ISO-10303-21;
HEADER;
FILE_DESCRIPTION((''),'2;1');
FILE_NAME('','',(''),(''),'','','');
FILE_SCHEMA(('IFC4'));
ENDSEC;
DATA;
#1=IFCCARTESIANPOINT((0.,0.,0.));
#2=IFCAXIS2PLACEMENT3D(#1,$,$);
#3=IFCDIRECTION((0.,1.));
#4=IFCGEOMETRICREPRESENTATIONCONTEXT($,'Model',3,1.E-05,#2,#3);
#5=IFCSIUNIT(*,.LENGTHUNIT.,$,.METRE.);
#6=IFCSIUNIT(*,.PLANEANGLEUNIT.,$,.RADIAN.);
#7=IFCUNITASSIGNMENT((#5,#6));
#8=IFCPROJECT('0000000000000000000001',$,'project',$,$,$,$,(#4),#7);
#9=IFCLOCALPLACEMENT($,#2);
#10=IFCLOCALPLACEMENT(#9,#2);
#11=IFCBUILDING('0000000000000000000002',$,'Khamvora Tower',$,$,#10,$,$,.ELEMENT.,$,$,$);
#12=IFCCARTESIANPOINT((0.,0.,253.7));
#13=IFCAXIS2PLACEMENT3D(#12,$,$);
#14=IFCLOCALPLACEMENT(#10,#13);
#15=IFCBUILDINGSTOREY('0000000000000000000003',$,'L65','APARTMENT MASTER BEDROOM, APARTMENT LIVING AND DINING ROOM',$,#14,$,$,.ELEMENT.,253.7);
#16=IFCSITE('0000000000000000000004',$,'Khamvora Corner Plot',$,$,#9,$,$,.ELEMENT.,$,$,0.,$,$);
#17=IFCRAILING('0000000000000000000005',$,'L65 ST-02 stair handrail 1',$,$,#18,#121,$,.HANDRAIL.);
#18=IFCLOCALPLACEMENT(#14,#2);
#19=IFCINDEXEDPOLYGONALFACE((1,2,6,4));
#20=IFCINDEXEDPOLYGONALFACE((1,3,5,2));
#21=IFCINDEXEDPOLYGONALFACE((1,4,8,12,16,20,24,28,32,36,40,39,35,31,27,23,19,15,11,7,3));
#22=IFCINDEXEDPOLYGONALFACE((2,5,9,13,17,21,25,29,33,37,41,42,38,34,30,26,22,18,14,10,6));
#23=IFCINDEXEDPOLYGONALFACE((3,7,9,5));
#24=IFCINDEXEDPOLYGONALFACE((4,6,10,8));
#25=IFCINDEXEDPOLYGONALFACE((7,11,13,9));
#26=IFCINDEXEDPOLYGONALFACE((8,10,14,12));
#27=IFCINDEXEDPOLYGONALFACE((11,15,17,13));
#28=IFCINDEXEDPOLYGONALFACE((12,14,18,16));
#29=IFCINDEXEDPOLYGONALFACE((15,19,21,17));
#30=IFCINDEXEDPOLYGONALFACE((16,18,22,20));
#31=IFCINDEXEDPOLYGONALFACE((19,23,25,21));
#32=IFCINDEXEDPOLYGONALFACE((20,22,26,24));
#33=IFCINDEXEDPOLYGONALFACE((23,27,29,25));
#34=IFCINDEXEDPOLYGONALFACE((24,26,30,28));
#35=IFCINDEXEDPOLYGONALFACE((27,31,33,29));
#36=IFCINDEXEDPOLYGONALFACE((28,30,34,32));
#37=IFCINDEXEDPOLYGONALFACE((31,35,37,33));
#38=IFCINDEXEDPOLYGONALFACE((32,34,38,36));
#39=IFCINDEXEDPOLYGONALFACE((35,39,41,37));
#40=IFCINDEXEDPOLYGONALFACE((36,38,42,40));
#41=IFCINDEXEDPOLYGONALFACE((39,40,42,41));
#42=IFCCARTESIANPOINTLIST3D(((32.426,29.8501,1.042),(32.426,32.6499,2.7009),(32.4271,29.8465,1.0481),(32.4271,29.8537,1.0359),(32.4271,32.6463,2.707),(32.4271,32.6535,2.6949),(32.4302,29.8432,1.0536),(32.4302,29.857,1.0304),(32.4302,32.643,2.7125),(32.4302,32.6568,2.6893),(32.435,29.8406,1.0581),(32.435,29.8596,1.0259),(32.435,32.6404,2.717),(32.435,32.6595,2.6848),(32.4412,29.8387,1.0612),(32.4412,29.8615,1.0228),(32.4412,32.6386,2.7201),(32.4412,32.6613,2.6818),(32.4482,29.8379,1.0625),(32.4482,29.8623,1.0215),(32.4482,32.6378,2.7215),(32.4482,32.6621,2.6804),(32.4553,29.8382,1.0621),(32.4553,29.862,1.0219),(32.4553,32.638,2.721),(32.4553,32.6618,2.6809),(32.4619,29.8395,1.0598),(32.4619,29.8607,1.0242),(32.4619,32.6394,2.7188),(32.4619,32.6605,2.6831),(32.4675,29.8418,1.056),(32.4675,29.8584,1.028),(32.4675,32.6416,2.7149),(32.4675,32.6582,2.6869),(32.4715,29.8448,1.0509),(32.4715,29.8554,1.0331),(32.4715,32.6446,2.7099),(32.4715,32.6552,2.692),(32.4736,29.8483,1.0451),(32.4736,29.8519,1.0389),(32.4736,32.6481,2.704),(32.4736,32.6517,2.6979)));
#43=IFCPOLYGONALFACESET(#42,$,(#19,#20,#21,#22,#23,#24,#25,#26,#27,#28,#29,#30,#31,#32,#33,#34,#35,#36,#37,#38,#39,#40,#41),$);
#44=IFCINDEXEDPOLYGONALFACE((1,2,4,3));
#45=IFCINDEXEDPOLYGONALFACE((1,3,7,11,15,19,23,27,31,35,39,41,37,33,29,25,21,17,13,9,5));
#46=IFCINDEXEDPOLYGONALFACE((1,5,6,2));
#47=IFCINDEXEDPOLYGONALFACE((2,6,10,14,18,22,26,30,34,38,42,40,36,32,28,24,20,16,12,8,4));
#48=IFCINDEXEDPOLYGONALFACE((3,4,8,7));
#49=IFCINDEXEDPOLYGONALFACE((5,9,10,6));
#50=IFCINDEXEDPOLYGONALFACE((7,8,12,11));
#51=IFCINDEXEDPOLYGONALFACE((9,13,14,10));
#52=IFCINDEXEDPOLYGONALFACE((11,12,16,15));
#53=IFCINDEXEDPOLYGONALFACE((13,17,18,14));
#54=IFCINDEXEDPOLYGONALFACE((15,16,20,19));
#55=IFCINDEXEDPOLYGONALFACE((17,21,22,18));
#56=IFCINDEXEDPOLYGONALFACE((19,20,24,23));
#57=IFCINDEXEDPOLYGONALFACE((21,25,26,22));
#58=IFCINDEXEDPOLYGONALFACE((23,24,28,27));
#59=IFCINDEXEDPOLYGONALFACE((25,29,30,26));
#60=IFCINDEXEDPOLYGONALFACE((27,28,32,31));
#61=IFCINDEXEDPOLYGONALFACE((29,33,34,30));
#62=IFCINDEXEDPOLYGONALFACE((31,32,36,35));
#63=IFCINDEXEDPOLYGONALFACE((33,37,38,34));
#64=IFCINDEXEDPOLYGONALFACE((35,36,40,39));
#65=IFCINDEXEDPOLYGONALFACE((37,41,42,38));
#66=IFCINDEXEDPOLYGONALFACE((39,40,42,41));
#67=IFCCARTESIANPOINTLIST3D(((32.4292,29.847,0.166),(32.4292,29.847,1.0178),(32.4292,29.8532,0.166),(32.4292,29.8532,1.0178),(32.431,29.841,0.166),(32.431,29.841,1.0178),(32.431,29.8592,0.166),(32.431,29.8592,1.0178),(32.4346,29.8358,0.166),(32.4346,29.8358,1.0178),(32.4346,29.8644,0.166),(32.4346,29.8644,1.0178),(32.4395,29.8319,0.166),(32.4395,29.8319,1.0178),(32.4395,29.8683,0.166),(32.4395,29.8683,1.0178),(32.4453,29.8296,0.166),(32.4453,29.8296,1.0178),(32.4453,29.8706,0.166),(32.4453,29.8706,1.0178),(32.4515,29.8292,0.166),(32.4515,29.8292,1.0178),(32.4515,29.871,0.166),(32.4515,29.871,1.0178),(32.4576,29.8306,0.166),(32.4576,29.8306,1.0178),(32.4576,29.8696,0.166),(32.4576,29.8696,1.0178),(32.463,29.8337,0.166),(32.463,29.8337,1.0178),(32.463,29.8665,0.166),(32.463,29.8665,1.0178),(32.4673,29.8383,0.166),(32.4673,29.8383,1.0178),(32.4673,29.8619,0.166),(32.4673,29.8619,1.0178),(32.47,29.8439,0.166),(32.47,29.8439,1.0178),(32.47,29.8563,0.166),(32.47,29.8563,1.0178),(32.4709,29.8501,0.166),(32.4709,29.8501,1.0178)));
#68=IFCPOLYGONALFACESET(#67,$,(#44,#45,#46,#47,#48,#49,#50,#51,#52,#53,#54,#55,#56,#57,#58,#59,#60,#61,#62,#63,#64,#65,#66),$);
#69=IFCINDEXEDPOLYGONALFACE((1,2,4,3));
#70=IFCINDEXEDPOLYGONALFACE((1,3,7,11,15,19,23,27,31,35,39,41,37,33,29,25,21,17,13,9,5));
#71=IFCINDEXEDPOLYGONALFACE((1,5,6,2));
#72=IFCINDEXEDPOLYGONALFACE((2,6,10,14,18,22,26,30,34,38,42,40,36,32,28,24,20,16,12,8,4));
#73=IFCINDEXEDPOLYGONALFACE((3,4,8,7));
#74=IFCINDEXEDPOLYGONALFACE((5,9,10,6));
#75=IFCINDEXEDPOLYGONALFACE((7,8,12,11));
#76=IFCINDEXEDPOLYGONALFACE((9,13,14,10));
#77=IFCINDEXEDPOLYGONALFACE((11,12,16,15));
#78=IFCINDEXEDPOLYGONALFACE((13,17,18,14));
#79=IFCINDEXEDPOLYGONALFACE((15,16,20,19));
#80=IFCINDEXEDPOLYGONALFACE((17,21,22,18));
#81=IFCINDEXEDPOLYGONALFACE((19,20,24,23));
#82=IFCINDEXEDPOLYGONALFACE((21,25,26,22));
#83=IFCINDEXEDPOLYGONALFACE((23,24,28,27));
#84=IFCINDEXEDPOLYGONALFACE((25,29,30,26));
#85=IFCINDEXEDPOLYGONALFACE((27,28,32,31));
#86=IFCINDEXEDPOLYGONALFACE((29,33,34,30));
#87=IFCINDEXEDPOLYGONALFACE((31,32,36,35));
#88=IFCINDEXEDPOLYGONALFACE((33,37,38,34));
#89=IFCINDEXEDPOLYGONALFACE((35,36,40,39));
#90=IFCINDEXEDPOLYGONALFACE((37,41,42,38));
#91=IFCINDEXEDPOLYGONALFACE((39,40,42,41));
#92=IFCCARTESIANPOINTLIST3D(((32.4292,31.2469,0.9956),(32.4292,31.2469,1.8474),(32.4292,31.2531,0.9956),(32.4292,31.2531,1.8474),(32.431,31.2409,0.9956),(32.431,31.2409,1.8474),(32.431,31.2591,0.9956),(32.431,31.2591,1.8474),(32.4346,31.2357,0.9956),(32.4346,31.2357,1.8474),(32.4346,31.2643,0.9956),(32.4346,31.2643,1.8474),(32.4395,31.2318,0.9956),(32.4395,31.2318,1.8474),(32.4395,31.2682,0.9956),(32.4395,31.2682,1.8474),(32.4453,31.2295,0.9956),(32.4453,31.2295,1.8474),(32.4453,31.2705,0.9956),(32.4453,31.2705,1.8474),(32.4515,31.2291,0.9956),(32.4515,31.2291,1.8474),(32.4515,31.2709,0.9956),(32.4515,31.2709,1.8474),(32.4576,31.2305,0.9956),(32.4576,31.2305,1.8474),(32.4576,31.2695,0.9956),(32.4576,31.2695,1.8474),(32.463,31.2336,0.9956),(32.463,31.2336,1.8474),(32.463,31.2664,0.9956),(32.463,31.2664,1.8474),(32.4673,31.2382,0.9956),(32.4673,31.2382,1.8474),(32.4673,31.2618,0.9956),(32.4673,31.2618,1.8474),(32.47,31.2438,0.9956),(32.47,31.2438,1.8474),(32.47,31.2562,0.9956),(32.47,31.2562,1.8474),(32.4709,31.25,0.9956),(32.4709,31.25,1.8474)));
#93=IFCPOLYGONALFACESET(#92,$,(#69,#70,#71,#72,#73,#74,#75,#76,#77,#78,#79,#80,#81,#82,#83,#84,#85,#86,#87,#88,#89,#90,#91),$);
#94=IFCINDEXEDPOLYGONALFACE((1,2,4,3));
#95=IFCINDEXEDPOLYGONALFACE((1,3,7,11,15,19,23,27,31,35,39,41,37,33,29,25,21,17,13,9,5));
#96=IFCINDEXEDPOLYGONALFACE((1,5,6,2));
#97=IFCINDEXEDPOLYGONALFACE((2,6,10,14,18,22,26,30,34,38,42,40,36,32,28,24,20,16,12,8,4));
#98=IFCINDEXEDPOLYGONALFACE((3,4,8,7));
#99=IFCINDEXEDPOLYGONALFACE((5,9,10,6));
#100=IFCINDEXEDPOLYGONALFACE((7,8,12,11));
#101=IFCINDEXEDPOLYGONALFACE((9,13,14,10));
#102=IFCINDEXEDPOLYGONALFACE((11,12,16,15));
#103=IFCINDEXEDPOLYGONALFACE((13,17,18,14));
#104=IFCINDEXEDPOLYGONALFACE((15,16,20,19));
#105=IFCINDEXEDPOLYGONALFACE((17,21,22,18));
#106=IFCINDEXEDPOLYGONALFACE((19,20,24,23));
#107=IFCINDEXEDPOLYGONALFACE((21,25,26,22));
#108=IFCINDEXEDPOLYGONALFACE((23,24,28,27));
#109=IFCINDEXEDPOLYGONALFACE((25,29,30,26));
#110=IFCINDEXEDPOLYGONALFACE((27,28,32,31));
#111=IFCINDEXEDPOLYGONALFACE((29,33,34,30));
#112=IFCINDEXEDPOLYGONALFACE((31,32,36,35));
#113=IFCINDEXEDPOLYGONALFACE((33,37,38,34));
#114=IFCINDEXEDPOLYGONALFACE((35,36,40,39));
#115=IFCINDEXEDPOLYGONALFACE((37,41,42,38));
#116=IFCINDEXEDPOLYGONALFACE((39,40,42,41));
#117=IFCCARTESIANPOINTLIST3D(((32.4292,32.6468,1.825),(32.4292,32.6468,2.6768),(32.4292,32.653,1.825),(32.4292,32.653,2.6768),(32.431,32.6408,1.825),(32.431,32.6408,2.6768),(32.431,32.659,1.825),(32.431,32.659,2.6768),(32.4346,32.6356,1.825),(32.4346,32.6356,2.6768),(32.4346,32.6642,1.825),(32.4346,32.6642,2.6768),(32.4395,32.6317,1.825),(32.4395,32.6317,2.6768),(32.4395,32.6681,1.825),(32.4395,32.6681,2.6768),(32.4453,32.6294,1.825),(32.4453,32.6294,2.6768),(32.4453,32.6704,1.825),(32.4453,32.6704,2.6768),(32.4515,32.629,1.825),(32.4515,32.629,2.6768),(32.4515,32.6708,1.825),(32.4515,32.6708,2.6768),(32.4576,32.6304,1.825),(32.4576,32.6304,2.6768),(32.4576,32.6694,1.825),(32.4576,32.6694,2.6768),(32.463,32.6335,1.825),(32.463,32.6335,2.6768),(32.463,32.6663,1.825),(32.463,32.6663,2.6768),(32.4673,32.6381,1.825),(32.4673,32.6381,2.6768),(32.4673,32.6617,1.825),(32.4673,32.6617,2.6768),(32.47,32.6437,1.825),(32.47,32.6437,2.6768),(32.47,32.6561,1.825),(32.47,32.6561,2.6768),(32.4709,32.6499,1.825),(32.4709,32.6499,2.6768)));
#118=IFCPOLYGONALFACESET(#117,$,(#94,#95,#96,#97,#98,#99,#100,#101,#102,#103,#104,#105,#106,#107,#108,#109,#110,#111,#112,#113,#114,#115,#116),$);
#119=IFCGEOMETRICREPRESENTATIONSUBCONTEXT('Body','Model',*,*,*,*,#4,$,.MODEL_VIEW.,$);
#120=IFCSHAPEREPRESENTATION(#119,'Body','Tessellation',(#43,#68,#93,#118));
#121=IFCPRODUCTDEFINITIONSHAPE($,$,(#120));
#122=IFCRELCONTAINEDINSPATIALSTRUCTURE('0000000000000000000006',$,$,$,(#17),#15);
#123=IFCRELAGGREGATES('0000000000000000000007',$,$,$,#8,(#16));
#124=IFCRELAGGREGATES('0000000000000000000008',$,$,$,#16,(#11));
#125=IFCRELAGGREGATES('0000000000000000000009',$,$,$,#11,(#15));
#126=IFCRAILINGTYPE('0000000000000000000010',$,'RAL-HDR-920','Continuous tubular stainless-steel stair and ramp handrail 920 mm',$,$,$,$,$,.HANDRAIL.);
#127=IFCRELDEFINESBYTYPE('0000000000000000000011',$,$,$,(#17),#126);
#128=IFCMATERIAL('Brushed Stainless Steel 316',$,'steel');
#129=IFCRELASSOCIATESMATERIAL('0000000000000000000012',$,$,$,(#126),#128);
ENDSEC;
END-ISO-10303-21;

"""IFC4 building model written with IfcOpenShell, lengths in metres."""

from ifc_helpers import new_model, si_unit, direction, frame, origin, origin_2d, place, context, subcontext, project, spatial, circle, extrude, material, type_object, element, save


model = new_model("IFC4")

# Units and contexts
model_context = context("Model", 3, precision=1e-05, world=origin(), true_north=direction((0.0, 1.0)))
body_context = subcontext(model_context, "Body", "Model", "MODEL_VIEW")
ifc_project = project(units=[si_unit("LENGTHUNIT", "METRE"), si_unit("PLANEANGLEUNIT", "RADIAN")], contexts=[model_context])

# Site, building, storey
site_placement = place(None, origin())
site = spatial("IfcSite", under=ifc_project, at=site_placement, Name="Khamvora Corner Plot", CompositionType="ELEMENT", RefElevation=0.0)
building_placement = place(site_placement, origin())
building = spatial("IfcBuilding", under=site, at=building_placement, Name="Khamvora Tower", CompositionType="ELEMENT")
storey_placement = place(building_placement, frame((0.0, 0.0, 253.7)))
storey = spatial("IfcBuildingStorey", under=building, at=storey_placement, Name="L65", Description="APARTMENT MASTER BEDROOM, APARTMENT LIVING AND DINING ROOM", CompositionType="ELEMENT", Elevation=253.7)

# Railing
ifc_material_1 = material(Name="Brushed Stainless Steel 316", Category="steel")
railing_type_1 = type_object("IfcRailingType", Name="RAL-HDR-920", Description="Continuous tubular stainless-steel stair and ramp handrail 920 mm", PredefinedType="HANDRAIL", material=ifc_material_1)
railing_1_placement = place(storey_placement, frame((32.45, 29.8501, 0.166)))
element("IfcRailing", 1, at=railing_1_placement, inside=storey, type_object=railing_type_1, Name="L65 ST-02 stair handrail 1", PredefinedType="HANDRAIL", context=body_context, shape_type="SweptSolid", body=[
    extrude(circle(Radius=0.0239, at=origin_2d()), frame((0.0, 0.0, 0.876), z_axis=(0.0, 0.86032, 0.509755), x_axis=(-1.0, 0.0, 0.0)), (0.0, 0.0, 1.0), 3.2544),
    extrude(circle(Radius=0.021, at=origin_2d()), origin(), (0.0, 0.0, 1.0), 0.8518),
    extrude(circle(Radius=0.021, at=origin_2d()), frame((0.0, 1.3999, 0.8296)), (0.0, 0.0, 1.0), 0.8518),
    extrude(circle(Radius=0.021, at=origin_2d()), frame((0.0, 2.7998, 1.6589)), (0.0, 0.0, 1.0), 0.8518),
])

save(model, "model.ifc")
